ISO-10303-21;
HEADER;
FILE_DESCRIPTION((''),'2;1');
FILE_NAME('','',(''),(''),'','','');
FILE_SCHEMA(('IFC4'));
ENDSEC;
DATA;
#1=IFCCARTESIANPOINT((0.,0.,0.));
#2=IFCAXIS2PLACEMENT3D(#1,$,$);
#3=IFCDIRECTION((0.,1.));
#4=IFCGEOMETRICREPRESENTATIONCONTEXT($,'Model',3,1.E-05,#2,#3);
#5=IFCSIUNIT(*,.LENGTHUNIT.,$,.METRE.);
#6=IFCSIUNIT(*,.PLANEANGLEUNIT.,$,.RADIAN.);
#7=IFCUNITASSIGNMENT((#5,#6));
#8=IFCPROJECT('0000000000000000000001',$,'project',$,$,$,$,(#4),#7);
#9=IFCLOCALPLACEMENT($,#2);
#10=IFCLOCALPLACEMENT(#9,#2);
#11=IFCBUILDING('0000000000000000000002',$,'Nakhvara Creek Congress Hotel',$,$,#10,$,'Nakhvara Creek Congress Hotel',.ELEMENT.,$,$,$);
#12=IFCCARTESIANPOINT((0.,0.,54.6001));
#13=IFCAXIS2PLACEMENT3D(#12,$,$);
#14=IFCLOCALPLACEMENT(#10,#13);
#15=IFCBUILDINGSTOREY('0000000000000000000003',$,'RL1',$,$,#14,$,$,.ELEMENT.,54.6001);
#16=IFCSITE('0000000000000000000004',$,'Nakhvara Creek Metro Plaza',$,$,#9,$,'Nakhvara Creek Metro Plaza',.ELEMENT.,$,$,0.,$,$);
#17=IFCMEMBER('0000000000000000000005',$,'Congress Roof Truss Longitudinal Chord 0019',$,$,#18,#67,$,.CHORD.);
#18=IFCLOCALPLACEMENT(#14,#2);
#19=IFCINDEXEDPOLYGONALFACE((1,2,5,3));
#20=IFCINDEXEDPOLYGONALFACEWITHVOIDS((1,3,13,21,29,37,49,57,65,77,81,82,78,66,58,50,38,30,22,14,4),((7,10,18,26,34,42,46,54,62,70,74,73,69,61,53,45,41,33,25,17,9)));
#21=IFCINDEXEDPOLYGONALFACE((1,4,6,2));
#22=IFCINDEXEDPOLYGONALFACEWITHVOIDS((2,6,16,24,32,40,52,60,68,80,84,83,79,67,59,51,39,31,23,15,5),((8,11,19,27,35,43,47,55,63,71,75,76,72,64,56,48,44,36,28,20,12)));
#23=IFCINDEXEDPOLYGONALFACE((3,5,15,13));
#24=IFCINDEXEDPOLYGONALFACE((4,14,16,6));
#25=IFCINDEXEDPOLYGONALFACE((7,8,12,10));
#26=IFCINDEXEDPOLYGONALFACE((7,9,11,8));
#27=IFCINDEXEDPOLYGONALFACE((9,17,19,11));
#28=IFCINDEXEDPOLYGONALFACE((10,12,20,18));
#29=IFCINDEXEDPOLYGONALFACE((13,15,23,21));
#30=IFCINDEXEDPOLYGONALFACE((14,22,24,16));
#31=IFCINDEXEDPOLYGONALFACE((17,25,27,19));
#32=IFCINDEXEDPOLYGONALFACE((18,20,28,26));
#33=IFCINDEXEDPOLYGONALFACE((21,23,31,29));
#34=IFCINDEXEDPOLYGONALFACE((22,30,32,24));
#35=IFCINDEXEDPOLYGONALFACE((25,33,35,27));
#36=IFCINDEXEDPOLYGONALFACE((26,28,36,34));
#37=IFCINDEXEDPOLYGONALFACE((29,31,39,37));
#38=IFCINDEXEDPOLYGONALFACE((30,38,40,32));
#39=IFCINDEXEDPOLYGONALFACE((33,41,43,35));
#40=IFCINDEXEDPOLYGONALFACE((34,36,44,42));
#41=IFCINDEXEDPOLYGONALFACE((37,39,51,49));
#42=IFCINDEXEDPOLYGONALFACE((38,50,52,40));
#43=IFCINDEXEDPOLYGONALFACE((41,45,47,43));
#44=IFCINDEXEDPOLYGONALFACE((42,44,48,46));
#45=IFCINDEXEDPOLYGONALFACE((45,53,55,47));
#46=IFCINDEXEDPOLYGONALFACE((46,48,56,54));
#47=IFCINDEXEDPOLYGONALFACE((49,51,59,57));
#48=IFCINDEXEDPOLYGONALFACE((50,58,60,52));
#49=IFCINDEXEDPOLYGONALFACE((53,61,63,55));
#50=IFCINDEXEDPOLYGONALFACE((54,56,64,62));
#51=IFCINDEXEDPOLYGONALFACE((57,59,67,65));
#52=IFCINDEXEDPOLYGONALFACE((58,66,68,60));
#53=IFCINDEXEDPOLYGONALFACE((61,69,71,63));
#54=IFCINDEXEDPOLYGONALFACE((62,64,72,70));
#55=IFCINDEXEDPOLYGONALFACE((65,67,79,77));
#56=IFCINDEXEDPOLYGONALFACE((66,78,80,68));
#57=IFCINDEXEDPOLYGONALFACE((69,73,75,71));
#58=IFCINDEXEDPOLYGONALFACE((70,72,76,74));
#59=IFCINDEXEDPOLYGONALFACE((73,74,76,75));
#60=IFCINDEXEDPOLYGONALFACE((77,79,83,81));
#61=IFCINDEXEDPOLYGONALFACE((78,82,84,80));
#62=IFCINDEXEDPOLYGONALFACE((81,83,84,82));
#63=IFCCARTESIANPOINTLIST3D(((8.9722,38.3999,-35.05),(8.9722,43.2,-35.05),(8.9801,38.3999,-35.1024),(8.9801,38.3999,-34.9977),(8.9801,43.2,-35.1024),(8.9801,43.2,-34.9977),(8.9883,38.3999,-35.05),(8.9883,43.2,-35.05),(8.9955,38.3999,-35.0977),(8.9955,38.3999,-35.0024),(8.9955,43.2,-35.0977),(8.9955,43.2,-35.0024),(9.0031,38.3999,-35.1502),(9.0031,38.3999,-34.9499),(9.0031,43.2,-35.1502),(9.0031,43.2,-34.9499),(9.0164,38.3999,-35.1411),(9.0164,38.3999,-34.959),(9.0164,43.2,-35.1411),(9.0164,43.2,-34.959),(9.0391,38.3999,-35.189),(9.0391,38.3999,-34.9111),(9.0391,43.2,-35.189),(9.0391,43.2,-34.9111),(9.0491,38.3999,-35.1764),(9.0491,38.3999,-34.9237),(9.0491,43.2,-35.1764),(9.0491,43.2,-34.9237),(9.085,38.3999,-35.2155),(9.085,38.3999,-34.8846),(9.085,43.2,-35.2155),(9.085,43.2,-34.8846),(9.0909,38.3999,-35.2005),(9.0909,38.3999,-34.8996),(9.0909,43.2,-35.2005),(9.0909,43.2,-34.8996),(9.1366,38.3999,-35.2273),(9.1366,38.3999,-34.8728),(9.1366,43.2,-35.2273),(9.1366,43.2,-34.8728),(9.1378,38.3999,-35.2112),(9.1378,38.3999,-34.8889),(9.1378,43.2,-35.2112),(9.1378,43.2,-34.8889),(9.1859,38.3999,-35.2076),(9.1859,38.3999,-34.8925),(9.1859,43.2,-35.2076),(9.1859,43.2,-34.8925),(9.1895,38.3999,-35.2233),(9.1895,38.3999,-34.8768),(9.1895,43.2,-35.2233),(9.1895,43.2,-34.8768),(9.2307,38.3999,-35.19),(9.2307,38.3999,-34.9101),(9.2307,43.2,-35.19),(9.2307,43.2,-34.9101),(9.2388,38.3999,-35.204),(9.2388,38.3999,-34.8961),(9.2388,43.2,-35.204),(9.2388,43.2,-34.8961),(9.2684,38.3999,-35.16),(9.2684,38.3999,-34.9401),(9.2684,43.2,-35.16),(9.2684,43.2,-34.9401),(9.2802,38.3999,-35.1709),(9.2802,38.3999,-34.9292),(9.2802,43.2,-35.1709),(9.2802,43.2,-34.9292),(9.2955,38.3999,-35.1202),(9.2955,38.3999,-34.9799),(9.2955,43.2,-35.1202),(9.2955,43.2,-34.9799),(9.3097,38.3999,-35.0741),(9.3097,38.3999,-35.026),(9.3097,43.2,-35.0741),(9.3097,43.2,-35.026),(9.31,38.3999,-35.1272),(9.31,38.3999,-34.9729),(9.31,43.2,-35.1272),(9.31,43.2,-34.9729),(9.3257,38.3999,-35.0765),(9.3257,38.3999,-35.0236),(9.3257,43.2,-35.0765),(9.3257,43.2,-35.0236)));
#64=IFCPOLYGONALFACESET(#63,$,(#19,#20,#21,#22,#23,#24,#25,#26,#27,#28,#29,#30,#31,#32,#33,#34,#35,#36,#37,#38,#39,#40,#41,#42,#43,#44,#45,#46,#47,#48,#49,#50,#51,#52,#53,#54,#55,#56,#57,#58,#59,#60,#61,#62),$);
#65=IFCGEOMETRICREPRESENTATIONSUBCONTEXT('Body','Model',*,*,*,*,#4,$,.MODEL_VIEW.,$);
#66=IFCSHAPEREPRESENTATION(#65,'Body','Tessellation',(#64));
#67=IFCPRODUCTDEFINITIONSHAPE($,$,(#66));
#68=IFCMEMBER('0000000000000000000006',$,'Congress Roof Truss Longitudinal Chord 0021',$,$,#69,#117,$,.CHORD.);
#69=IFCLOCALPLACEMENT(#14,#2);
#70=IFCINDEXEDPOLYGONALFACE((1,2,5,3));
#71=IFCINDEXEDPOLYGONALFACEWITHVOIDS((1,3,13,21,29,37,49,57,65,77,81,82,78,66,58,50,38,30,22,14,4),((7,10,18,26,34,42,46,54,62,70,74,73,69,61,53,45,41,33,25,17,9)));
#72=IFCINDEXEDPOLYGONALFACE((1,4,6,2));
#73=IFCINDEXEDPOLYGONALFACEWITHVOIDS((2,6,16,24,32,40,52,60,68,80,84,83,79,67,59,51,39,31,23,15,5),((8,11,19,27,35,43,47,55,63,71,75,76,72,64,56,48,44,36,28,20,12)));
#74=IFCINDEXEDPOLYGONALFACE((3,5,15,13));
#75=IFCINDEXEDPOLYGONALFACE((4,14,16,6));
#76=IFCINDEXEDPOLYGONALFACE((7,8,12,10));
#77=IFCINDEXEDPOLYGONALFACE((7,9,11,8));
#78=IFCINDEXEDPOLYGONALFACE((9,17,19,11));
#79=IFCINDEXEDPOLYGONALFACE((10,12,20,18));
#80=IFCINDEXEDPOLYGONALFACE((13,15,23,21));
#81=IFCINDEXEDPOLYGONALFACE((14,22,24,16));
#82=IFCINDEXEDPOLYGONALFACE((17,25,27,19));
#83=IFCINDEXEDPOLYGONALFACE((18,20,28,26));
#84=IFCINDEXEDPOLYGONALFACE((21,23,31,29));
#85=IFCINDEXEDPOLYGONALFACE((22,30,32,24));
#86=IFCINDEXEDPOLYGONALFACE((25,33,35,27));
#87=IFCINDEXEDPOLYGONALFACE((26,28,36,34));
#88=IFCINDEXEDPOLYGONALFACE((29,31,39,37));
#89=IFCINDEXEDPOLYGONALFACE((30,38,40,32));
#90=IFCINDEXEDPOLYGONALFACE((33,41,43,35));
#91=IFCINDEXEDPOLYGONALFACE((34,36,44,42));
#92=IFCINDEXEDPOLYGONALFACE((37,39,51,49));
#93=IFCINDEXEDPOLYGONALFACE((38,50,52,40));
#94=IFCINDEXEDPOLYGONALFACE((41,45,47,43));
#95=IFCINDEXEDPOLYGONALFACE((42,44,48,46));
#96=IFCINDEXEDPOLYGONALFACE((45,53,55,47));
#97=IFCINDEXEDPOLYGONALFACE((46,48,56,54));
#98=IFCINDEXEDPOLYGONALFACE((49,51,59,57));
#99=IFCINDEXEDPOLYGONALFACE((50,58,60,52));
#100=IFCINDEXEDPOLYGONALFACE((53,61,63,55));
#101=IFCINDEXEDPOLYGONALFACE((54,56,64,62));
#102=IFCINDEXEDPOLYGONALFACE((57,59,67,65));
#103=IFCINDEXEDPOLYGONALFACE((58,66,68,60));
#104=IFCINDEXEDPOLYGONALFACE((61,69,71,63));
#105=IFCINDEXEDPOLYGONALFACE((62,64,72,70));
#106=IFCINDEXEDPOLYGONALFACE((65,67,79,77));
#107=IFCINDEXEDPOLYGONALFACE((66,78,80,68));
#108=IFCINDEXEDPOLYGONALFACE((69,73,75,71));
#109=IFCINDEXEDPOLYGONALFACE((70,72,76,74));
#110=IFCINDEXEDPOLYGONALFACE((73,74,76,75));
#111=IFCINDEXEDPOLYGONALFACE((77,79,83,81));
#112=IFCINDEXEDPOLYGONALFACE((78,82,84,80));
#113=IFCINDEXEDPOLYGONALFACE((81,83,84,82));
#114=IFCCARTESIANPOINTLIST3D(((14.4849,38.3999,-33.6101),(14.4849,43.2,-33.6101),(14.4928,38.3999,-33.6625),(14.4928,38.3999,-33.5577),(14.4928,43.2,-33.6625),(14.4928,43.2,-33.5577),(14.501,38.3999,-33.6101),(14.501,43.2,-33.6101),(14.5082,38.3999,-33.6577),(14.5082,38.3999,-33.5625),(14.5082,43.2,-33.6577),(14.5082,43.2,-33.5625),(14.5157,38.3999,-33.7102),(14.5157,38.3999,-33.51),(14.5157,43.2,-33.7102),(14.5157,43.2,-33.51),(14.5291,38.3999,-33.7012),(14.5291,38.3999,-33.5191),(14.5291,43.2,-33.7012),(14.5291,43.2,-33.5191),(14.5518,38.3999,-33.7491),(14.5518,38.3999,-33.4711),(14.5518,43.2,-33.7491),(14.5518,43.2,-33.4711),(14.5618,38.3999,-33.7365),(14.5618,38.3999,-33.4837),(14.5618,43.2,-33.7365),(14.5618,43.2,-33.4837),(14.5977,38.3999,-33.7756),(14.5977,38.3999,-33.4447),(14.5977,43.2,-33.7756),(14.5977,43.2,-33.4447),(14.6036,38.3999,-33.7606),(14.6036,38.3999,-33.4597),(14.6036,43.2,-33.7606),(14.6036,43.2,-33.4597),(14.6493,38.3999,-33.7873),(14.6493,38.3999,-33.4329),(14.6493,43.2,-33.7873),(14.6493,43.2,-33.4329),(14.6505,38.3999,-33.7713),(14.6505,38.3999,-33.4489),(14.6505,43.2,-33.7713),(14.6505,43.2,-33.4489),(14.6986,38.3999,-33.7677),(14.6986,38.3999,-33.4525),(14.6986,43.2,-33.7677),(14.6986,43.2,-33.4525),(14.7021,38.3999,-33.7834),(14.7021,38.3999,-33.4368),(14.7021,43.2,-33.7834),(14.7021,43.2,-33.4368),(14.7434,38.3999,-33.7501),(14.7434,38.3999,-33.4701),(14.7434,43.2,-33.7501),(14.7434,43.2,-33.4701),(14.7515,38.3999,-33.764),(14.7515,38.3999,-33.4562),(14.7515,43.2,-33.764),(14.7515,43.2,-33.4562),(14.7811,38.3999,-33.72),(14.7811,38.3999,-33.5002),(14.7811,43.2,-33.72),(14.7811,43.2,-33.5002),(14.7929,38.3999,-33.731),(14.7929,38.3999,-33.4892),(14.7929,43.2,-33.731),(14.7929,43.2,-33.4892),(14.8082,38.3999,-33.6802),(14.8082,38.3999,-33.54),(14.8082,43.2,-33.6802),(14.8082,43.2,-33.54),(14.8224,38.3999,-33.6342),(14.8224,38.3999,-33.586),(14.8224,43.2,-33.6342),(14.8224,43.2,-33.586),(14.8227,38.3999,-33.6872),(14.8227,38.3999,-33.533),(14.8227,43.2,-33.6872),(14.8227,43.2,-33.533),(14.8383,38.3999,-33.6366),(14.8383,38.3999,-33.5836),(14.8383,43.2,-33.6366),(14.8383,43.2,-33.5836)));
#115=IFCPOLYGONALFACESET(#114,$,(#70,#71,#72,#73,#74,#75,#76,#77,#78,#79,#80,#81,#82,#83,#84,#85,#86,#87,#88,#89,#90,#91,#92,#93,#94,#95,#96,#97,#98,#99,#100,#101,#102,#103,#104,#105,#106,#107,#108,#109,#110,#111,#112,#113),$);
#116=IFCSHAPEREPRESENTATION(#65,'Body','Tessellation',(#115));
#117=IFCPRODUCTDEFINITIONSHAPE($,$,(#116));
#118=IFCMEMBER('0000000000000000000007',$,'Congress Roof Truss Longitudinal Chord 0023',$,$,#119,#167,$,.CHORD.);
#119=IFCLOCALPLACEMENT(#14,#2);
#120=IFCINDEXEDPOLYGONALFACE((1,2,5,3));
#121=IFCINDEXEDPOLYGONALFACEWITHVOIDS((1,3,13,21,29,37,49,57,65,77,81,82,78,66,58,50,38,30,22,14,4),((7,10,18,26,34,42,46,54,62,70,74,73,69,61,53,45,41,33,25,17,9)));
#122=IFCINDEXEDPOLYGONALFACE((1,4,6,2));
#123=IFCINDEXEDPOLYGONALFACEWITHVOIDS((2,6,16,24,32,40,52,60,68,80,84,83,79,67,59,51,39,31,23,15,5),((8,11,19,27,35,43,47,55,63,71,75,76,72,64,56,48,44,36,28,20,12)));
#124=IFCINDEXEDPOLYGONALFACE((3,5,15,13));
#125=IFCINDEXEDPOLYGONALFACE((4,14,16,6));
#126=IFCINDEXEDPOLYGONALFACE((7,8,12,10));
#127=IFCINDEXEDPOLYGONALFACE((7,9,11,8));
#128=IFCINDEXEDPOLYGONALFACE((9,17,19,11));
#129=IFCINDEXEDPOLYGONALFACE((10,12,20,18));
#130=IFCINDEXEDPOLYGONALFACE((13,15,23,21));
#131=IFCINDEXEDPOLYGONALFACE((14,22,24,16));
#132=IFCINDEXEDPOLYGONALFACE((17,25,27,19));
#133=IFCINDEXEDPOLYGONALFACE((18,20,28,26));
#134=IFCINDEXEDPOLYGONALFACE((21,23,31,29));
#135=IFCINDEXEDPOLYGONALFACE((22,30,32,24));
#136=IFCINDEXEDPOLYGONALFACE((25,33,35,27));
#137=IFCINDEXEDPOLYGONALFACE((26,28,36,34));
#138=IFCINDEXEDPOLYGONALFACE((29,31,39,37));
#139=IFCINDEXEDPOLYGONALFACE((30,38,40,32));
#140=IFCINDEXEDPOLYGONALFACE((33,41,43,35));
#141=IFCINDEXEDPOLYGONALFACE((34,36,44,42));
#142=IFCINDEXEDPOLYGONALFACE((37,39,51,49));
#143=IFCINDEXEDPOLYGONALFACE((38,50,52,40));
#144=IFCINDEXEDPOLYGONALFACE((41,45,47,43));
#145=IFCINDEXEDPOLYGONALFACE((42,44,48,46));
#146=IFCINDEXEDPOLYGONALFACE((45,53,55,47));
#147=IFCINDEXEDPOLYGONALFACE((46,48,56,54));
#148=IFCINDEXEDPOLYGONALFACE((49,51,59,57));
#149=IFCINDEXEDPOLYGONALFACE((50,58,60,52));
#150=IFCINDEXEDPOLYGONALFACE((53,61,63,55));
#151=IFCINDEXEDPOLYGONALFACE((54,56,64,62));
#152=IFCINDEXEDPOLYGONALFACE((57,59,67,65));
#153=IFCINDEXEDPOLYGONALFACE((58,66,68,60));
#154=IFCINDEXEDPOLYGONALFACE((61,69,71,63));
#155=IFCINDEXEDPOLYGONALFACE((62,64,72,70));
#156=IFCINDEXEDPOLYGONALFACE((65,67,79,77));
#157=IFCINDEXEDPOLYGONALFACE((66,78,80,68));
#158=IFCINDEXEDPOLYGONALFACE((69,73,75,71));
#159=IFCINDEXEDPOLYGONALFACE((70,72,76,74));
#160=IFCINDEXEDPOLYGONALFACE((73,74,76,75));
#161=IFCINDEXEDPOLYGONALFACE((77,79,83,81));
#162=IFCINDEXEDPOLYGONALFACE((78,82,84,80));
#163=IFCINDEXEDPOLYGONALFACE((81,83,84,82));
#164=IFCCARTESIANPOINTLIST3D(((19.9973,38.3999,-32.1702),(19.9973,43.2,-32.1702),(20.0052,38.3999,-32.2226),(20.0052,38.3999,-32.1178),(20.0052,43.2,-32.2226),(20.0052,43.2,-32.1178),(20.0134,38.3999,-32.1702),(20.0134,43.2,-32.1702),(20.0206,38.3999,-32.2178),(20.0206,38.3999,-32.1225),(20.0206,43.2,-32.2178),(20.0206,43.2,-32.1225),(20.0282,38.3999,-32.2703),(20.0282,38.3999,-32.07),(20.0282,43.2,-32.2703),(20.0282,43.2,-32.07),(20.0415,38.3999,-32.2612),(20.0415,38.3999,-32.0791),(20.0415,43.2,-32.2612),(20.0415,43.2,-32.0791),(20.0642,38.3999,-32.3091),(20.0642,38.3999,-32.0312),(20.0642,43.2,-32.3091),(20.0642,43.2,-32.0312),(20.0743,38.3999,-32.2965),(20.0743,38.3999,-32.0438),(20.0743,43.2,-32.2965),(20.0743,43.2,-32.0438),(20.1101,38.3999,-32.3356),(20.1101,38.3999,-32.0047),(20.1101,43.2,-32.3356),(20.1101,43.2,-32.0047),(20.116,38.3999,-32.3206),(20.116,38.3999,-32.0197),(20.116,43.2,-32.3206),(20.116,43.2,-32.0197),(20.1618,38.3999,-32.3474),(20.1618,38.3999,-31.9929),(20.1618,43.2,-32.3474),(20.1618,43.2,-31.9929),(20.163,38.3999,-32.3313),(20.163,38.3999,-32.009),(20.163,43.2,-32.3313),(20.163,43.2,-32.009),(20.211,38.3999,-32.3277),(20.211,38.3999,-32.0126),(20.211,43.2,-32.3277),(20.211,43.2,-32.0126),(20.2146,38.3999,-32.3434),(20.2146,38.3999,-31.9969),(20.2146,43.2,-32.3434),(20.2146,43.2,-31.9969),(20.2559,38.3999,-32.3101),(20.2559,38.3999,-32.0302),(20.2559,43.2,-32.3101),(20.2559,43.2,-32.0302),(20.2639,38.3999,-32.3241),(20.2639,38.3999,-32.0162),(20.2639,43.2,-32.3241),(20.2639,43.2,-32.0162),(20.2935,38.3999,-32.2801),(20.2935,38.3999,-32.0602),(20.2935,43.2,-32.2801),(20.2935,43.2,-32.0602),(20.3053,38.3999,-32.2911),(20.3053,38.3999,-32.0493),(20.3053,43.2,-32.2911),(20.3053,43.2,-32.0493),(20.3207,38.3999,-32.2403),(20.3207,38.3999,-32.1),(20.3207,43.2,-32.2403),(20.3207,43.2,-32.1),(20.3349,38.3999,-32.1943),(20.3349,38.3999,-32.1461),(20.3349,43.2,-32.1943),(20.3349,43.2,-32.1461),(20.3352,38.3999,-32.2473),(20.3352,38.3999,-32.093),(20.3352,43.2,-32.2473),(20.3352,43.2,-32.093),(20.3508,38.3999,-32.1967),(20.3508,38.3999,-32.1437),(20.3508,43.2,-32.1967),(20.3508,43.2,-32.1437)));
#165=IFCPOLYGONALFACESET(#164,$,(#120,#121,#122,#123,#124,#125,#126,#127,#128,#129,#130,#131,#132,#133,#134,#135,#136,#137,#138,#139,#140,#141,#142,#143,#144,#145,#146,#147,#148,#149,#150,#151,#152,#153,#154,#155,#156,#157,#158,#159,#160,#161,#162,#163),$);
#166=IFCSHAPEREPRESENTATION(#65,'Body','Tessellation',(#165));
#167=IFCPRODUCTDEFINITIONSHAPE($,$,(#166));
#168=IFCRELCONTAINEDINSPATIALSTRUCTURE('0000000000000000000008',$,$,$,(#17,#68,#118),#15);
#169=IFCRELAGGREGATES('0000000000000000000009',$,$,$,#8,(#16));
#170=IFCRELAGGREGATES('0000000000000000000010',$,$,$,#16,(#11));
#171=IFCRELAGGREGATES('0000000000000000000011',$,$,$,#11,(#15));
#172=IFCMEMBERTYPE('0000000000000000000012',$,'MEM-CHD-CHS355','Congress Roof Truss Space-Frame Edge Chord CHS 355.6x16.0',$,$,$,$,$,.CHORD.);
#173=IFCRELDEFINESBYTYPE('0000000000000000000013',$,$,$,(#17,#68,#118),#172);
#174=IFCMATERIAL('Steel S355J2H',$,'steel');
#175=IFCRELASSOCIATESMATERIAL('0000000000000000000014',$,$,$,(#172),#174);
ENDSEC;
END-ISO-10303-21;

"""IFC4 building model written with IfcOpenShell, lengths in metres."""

from ifc_helpers import new_model, si_unit, direction, frame, origin, origin_2d, place, context, subcontext, project, spatial, hollow_circle, extrude, material, material_profile, profile_set, type_object, element, save


model = new_model("IFC4")

# Units and contexts
model_context = context("Model", 3, precision=1e-05, world=origin(), true_north=direction((0.0, 1.0)))
body_context = subcontext(model_context, "Body", "Model", "MODEL_VIEW")
ifc_project = project(units=[si_unit("LENGTHUNIT", "METRE"), si_unit("PLANEANGLEUNIT", "RADIAN")], contexts=[model_context])

# Site, building, storey
site_placement = place(None, origin())
site = spatial("IfcSite", under=ifc_project, at=site_placement, Name="Nakhvara Creek Metro Plaza", LongName="Nakhvara Creek Metro Plaza", CompositionType="ELEMENT", RefElevation=0.0)
building_placement = place(site_placement, origin())
building = spatial("IfcBuilding", under=site, at=building_placement, Name="Nakhvara Creek Congress Hotel", LongName="Nakhvara Creek Congress Hotel", CompositionType="ELEMENT")
storey_placement = place(building_placement, frame((0.0, 0.0, 54.6001)))
storey = spatial("IfcBuildingStorey", under=building, at=storey_placement, Name="RL1", CompositionType="ELEMENT", Elevation=54.6001)

# Members
ifc_material_1 = material(Name="Steel S355J2H", Category="steel")
ifc_material_profile_1 = material_profile(ifc_material_1, hollow_circle(Radius=0.1777, WallThickness=0.0161, at=origin_2d()), Name="CHS 355.6x16.0", Category="LoadBearing")
ifc_profile_set_1 = profile_set([ifc_material_profile_1], Name="Steel S355J2H")
member_type_1 = type_object("IfcMemberType", Name="MEM-CHD-CHS355", Description="Congress Roof Truss Space-Frame Edge Chord CHS 355.6x16.0", PredefinedType="CHORD", material=ifc_profile_set_1)
for number, where, z_axis, x_axis, name in (
    (1, (9.1499, 38.3999, -35.05), (0.0, 1.0, 0.0), (-1.0, 0.0, 0.0), "Congress Roof Truss Longitudinal Chord 0019"),
    (2, (14.6626, 38.3999, -33.6101), (0.0, 1.0, 0.0), (-1.0, 0.0, 0.0), "Congress Roof Truss Longitudinal Chord 0021"),
    (3, (20.175, 38.3999, -32.1702), (0.0, 1.0, 0.0), (-1.0, 0.0, 0.0), "Congress Roof Truss Longitudinal Chord 0023"),
):
    element("IfcMember", number, at=place(storey_placement, frame(where, z_axis=z_axis, x_axis=x_axis)), inside=storey, type_object=member_type_1, Name=name, PredefinedType="CHORD", context=body_context, shape_type="SweptSolid", body=[
        extrude(hollow_circle(Radius=0.1777, WallThickness=0.0161, at=origin_2d()), origin(), (0.0, 0.0, 1.0), 4.8),
    ])

save(model, "model.ifc")
